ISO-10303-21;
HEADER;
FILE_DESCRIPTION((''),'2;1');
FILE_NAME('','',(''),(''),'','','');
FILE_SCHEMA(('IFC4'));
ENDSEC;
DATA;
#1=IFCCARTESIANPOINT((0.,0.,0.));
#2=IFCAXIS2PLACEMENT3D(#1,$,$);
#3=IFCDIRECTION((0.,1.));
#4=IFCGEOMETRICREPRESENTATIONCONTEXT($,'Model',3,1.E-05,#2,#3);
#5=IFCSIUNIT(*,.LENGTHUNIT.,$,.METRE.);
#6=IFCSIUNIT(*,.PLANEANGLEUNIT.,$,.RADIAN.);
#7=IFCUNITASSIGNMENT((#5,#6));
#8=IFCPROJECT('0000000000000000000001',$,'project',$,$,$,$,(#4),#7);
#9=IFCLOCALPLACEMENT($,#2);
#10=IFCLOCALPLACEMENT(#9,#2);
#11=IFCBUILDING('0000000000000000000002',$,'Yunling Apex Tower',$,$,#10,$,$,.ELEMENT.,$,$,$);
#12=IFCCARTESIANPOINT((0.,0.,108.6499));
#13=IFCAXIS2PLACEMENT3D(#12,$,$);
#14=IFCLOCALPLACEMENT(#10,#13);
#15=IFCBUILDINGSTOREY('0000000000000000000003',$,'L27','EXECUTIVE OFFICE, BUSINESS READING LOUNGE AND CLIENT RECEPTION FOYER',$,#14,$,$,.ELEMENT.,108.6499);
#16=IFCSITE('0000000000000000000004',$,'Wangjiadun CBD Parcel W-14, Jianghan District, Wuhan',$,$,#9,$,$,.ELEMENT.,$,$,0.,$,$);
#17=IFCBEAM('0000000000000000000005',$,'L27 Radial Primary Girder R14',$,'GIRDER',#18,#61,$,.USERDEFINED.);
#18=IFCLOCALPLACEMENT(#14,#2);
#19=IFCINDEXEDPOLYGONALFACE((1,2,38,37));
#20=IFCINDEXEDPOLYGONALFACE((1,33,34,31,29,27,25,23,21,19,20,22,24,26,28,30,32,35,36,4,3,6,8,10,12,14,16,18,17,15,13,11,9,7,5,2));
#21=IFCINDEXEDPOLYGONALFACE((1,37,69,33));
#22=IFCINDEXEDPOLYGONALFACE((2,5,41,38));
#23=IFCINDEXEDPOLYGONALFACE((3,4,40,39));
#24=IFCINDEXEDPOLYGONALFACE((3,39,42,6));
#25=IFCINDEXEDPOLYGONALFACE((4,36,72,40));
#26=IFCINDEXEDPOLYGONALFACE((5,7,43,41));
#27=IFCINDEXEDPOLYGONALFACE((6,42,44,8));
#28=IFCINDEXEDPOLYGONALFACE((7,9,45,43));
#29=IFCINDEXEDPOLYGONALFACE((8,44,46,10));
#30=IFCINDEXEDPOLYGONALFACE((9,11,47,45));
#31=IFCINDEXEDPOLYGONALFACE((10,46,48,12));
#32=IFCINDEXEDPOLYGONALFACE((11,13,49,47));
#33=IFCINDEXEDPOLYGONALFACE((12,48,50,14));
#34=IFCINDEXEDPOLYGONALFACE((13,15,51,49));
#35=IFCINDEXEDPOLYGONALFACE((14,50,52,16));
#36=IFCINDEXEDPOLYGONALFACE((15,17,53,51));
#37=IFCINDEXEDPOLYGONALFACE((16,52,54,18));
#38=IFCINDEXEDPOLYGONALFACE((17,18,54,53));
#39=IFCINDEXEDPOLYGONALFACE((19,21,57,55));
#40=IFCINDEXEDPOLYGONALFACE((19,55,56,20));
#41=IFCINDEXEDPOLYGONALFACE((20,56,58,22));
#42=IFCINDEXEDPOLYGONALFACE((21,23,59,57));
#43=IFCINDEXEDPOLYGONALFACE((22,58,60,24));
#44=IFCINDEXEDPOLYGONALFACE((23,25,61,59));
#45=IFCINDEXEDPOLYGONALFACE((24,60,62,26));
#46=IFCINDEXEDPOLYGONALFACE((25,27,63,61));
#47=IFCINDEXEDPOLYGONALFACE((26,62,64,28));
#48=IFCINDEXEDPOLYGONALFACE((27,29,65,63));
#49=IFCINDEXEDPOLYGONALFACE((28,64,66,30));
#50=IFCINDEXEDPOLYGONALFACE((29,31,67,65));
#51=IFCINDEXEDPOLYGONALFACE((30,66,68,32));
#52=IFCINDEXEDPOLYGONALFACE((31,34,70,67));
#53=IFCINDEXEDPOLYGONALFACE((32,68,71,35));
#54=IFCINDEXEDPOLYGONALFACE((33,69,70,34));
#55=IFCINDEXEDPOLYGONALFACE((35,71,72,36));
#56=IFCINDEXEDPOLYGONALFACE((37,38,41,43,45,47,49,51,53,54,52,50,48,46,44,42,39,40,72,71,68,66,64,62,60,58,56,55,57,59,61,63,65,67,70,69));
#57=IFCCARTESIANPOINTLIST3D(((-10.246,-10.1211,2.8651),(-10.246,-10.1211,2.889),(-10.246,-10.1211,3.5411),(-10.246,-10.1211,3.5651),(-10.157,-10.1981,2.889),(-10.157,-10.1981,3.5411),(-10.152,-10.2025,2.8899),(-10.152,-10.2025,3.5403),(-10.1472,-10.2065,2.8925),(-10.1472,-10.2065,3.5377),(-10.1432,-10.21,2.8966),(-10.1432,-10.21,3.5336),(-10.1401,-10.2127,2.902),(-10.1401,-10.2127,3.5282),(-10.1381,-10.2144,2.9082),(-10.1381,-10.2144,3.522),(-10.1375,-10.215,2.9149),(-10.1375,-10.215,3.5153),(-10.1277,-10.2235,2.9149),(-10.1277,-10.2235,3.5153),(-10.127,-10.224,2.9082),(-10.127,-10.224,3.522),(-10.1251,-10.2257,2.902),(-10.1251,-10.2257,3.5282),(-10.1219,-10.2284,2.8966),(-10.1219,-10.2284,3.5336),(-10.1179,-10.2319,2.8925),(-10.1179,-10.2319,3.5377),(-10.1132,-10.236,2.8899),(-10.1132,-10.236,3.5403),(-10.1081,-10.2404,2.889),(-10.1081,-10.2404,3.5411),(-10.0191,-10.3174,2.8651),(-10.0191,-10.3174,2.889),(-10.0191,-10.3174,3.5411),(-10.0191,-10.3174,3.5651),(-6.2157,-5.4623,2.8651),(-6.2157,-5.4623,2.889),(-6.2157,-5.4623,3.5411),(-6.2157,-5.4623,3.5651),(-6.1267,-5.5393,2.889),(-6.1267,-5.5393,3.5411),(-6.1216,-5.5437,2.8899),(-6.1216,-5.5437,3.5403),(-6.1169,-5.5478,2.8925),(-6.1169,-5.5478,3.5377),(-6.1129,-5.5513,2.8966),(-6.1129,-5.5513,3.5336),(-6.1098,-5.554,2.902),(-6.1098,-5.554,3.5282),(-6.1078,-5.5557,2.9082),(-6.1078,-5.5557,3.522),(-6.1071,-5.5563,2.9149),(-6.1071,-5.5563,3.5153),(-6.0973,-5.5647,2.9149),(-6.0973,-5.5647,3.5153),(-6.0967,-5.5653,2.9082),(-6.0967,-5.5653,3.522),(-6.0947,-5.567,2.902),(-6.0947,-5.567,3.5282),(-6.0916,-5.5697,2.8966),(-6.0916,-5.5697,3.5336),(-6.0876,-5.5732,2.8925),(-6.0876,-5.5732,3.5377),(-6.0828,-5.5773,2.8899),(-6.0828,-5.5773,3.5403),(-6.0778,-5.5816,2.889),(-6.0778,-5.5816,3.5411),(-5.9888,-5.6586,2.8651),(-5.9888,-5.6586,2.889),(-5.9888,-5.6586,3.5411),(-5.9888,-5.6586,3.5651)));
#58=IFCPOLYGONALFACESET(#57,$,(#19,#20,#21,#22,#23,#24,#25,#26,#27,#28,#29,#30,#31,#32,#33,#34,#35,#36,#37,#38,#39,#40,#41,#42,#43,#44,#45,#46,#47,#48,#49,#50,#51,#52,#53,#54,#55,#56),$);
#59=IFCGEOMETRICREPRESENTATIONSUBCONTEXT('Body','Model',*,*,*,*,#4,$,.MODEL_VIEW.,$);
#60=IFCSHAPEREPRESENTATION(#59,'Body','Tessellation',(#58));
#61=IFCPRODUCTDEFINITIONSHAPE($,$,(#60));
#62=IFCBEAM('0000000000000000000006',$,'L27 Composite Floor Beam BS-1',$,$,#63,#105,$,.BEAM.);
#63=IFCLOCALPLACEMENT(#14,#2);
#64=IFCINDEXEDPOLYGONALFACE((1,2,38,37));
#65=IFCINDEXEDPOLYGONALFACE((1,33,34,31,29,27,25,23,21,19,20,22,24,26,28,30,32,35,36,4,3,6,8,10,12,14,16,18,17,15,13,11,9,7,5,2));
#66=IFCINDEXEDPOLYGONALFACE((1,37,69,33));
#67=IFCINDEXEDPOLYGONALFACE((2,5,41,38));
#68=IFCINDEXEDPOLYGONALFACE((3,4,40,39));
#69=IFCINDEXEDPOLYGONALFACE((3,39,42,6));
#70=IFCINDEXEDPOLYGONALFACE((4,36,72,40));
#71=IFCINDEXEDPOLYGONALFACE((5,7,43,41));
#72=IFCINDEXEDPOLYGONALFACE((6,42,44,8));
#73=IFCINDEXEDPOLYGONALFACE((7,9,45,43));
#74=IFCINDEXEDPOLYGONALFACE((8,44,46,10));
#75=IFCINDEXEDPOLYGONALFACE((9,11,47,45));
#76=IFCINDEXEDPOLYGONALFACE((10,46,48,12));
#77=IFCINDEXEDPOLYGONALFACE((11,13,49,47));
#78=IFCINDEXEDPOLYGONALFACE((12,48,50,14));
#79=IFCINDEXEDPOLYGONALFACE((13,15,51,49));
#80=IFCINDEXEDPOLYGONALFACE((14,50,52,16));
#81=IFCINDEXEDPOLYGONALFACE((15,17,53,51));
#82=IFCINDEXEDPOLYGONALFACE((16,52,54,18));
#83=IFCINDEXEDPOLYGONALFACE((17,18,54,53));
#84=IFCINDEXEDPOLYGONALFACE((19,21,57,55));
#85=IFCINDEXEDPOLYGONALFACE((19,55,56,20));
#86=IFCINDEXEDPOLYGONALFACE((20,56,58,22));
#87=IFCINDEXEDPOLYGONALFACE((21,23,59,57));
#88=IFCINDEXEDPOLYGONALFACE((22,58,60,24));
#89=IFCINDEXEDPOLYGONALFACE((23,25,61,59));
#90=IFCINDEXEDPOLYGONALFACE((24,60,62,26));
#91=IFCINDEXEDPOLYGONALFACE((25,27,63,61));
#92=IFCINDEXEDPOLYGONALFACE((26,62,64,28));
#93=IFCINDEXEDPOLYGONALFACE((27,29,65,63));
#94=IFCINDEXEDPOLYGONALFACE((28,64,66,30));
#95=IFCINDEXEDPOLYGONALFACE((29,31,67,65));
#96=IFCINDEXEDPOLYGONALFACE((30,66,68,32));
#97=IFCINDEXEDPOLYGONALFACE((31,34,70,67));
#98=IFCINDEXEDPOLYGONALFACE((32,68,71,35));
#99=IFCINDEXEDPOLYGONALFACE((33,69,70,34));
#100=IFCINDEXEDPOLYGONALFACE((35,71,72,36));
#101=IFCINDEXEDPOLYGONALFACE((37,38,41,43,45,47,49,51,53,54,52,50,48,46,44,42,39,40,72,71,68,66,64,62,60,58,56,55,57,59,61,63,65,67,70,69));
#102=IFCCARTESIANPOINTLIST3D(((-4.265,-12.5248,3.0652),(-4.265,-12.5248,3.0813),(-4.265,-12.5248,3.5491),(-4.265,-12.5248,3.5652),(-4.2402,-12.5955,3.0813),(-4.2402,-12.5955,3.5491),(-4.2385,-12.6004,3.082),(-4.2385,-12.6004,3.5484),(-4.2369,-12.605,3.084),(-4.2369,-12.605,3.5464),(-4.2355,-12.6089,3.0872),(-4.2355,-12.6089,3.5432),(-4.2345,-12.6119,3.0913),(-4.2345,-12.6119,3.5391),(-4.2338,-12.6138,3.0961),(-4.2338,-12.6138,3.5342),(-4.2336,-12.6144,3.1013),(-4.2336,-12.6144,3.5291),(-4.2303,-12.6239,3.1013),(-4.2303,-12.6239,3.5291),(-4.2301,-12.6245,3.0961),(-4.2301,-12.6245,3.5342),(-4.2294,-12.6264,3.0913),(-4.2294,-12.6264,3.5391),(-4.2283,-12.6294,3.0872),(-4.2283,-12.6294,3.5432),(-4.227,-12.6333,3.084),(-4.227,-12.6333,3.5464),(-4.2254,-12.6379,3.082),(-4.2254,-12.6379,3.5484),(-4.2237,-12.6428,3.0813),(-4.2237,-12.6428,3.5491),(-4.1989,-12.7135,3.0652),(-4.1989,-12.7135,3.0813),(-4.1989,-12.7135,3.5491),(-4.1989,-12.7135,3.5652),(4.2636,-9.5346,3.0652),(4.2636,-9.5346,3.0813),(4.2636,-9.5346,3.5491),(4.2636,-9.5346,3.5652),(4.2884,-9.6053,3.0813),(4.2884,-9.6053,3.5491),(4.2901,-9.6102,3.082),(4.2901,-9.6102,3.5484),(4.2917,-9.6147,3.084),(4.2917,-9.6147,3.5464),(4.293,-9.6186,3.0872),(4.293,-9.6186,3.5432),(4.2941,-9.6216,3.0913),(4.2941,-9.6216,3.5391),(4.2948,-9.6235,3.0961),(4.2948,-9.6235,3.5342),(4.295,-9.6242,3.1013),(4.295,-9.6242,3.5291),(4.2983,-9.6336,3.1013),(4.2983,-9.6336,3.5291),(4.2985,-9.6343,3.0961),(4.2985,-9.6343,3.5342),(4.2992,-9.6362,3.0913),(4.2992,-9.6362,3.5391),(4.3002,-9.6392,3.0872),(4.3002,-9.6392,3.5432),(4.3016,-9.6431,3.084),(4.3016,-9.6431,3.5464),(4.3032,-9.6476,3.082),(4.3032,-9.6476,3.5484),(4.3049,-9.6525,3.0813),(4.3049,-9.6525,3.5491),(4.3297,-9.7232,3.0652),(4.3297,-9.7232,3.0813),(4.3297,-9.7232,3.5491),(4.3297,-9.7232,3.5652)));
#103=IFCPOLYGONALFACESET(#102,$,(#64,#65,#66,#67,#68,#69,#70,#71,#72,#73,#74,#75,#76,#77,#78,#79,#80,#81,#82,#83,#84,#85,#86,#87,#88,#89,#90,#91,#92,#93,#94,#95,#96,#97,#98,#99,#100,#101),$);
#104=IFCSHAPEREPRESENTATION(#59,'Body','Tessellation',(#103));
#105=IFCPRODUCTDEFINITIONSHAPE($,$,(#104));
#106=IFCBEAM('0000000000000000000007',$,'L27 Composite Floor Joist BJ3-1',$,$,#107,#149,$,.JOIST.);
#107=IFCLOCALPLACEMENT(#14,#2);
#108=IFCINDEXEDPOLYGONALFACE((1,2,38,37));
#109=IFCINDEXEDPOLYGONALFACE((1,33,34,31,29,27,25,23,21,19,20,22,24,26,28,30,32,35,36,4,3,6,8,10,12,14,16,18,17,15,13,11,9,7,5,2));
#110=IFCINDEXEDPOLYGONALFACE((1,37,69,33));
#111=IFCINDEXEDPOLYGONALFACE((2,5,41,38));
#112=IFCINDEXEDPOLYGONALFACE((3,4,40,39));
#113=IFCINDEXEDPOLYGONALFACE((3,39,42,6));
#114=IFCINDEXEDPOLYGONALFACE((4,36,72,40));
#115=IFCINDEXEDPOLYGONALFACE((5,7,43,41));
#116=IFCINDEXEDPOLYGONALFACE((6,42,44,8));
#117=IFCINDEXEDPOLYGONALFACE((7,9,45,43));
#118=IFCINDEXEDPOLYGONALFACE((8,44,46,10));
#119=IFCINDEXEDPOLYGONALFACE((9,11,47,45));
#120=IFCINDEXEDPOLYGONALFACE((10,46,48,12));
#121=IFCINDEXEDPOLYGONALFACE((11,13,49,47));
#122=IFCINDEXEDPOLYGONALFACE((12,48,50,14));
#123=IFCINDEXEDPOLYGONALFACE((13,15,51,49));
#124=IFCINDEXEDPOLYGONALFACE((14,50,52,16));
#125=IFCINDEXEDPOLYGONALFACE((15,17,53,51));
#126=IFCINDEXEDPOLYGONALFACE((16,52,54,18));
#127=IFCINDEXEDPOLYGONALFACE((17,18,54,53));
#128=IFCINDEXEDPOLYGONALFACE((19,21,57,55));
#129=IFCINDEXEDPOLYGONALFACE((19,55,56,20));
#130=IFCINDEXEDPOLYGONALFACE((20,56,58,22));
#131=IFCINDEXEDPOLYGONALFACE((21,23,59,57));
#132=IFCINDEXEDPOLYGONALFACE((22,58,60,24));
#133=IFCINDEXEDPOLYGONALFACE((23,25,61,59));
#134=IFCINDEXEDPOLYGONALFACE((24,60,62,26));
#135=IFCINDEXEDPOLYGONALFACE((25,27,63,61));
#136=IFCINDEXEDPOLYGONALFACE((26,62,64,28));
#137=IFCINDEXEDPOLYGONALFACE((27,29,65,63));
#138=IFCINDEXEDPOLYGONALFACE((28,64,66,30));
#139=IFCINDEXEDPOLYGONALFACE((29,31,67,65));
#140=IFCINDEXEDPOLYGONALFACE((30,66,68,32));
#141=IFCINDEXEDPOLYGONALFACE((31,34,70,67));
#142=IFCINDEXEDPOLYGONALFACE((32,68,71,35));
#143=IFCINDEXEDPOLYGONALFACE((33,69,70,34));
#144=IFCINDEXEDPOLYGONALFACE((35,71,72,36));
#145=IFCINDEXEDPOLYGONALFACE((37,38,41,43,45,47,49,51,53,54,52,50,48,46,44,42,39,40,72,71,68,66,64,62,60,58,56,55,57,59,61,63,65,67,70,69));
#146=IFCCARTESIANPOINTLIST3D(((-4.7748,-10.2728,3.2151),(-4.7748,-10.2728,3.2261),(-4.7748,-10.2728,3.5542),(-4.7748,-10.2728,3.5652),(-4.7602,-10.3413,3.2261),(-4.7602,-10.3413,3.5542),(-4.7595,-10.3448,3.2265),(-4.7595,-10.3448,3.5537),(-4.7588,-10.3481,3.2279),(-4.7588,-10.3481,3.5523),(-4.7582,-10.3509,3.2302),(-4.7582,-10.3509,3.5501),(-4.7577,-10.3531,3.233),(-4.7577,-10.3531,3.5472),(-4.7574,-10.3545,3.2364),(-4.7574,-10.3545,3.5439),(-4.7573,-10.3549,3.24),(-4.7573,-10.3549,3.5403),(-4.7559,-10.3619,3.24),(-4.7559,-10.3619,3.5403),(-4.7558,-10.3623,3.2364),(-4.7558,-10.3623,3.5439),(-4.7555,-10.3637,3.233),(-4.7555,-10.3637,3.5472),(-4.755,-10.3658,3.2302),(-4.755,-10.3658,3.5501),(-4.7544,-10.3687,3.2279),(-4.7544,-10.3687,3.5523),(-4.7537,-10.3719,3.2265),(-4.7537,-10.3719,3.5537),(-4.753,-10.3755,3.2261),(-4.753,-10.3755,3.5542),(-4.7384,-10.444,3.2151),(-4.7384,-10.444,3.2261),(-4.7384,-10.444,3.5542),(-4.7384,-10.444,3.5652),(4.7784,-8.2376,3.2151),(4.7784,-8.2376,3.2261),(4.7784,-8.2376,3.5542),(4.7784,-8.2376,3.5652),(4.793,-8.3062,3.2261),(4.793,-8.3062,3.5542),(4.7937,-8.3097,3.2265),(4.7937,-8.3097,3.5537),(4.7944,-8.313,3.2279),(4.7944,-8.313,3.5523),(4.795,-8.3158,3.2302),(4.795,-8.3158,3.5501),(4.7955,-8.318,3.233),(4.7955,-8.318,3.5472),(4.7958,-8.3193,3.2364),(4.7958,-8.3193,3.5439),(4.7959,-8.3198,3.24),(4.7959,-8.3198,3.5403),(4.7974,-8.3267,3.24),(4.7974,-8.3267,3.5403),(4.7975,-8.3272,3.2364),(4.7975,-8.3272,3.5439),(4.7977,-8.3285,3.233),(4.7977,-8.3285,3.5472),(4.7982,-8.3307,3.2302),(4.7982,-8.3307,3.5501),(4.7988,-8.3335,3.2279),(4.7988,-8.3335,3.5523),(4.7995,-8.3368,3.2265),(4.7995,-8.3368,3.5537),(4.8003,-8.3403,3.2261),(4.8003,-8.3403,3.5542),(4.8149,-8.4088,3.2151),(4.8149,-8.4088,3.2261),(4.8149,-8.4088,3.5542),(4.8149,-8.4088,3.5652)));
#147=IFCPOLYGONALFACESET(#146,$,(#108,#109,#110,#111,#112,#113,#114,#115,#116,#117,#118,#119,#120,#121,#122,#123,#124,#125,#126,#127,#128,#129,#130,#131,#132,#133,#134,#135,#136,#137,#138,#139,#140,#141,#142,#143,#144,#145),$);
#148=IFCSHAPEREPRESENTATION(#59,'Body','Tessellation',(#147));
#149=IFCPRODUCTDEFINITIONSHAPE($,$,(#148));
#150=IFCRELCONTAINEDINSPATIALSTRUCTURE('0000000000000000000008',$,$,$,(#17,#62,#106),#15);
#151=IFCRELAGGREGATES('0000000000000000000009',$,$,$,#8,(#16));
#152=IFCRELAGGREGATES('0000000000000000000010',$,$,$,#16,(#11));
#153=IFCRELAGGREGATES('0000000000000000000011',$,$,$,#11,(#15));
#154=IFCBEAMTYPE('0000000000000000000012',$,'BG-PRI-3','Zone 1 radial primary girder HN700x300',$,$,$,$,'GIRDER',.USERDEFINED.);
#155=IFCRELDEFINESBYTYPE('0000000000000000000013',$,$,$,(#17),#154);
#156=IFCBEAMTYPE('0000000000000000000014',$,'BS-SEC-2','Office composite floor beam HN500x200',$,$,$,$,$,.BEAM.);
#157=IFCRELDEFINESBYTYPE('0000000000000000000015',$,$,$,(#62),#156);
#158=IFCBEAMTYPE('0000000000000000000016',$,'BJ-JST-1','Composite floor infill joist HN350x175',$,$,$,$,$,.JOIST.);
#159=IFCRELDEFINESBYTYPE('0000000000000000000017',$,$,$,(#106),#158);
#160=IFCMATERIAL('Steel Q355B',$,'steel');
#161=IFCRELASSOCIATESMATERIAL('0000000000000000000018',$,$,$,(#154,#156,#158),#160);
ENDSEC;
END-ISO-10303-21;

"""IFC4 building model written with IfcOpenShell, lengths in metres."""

from ifc_helpers import new_model, si_unit, direction, frame, origin, origin_2d, place, context, subcontext, project, spatial, i_section, extrude, source, transform, mapped, material, material_profile, profile_set, type_object, element, save


model = new_model("IFC4")

# Units and contexts
model_context = context("Model", 3, precision=1e-05, world=origin(), true_north=direction((0.0, 1.0)))
body_context = subcontext(model_context, "Body", "Model", "MODEL_VIEW")
ifc_project = project(units=[si_unit("LENGTHUNIT", "METRE"), si_unit("PLANEANGLEUNIT", "RADIAN")], contexts=[model_context])

# Site, building, storey
site_placement = place(None, origin())
site = spatial("IfcSite", under=ifc_project, at=site_placement, Name="Wangjiadun CBD Parcel W-14, Jianghan District, Wuhan", CompositionType="ELEMENT", RefElevation=0.0)
building_placement = place(site_placement, origin())
building = spatial("IfcBuilding", under=site, at=building_placement, Name="Yunling Apex Tower", CompositionType="ELEMENT")
storey_placement = place(building_placement, frame((0.0, 0.0, 108.6499)))
storey = spatial("IfcBuildingStorey", under=building, at=storey_placement, Name="L27", Description="EXECUTIVE OFFICE, BUSINESS READING LOUNGE AND CLIENT RECEPTION FOYER", CompositionType="ELEMENT", Elevation=108.6499)

# Beams
ifc_material_1 = material(Name="Steel Q355B", Category="steel")
ifc_material_profile_1 = material_profile(ifc_material_1, i_section(OverallWidth=0.3, OverallDepth=0.7, WebThickness=0.0129, FlangeThickness=0.0239, FilletRadius=0.0259, at=origin_2d()))
ifc_profile_set_1 = profile_set([ifc_material_profile_1], Name="Steel Q355B")
beam_type_1 = type_object("IfcBeamType", Name="BG-PRI-3", Description="Zone 1 radial primary girder HN700x300", ElementType="GIRDER", PredefinedType="USERDEFINED", material=ifc_profile_set_1)
shared_shape_1 = source(origin(), body_context, "Body", "SweptSolid", [
    extrude(i_section(OverallWidth=0.3, OverallDepth=0.7, WebThickness=0.0129, FlangeThickness=0.0239, FilletRadius=0.0259, at=origin_2d()), origin(), (0.0, 0.0, 1.0), 6.1602),
])
beam_1_placement = place(storey_placement, frame((-10.1326, -10.2192, 3.2151), z_axis=(0.654257, 0.756272, 0.0), x_axis=(-0.756272, 0.654257, 0.0)))
element("IfcBeam", 1, at=beam_1_placement, inside=storey, type_object=beam_type_1, Name="L27 Radial Primary Girder R14", ObjectType="GIRDER", PredefinedType="USERDEFINED", context=body_context, shape_type="MappedRepresentation", body=[
    mapped(shared_shape_1, transform((0.0, 0.0, 0.0), scale=1.0)),
])
ifc_material_profile_2 = material_profile(ifc_material_1, i_section(OverallWidth=0.2, OverallDepth=0.5, WebThickness=0.01, FlangeThickness=0.0161, FilletRadius=0.02, at=origin_2d()))
ifc_profile_set_2 = profile_set([ifc_material_profile_2], Name="Steel Q355B")
beam_type_2 = type_object("IfcBeamType", Name="BS-SEC-2", Description="Office composite floor beam HN500x200", PredefinedType="BEAM", material=ifc_profile_set_2)
shared_shape_2 = source(origin(), body_context, "Body", "SweptSolid", [
    extrude(i_section(OverallWidth=0.2, OverallDepth=0.5, WebThickness=0.01, FlangeThickness=0.0161, FilletRadius=0.02, at=origin_2d()), origin(), (0.0, 0.0, 1.0), 9.0376),
])
beam_2_placement = place(storey_placement, frame((-4.2319, -12.6191, 3.3152), z_axis=(0.943678, 0.330867, 0.0), x_axis=(-0.330867, 0.943678, 0.0)))
element("IfcBeam", 2, at=beam_2_placement, inside=storey, type_object=beam_type_2, Name="L27 Composite Floor Beam BS-1", PredefinedType="BEAM", context=body_context, shape_type="MappedRepresentation", body=[
    mapped(shared_shape_2, transform((0.0, 0.0, 0.0), scale=1.0)),
])
ifc_material_profile_3 = material_profile(ifc_material_1, i_section(OverallWidth=0.175, OverallDepth=0.3501, WebThickness=0.0071, FlangeThickness=0.011, FilletRadius=0.0139, at=origin_2d()))
ifc_profile_set_3 = profile_set([ifc_material_profile_3], Name="Steel Q355B")
beam_type_3 = type_object("IfcBeamType", Name="BJ-JST-1", Description="Composite floor infill joist HN350x175", PredefinedType="JOIST", material=ifc_profile_set_3)
shared_shape_3 = source(origin(), body_context, "Body", "SweptSolid", [
    extrude(i_section(OverallWidth=0.175, OverallDepth=0.3501, WebThickness=0.0071, FlangeThickness=0.011, FilletRadius=0.0139, at=origin_2d()), origin(), (0.0, 0.0, 1.0), 9.7676),
])
beam_3_placement = place(storey_placement, frame((-4.7566, -10.3584, 3.3901), z_axis=(0.978053, 0.208358, 0.0), x_axis=(-0.208358, 0.978053, 0.0)))
element("IfcBeam", 3, at=beam_3_placement, inside=storey, type_object=beam_type_3, Name="L27 Composite Floor Joist BJ3-1", PredefinedType="JOIST", context=body_context, shape_type="MappedRepresentation", body=[
    mapped(shared_shape_3, transform((0.0, 0.0, 0.0), scale=1.0)),
])

save(model, "model.ifc")
